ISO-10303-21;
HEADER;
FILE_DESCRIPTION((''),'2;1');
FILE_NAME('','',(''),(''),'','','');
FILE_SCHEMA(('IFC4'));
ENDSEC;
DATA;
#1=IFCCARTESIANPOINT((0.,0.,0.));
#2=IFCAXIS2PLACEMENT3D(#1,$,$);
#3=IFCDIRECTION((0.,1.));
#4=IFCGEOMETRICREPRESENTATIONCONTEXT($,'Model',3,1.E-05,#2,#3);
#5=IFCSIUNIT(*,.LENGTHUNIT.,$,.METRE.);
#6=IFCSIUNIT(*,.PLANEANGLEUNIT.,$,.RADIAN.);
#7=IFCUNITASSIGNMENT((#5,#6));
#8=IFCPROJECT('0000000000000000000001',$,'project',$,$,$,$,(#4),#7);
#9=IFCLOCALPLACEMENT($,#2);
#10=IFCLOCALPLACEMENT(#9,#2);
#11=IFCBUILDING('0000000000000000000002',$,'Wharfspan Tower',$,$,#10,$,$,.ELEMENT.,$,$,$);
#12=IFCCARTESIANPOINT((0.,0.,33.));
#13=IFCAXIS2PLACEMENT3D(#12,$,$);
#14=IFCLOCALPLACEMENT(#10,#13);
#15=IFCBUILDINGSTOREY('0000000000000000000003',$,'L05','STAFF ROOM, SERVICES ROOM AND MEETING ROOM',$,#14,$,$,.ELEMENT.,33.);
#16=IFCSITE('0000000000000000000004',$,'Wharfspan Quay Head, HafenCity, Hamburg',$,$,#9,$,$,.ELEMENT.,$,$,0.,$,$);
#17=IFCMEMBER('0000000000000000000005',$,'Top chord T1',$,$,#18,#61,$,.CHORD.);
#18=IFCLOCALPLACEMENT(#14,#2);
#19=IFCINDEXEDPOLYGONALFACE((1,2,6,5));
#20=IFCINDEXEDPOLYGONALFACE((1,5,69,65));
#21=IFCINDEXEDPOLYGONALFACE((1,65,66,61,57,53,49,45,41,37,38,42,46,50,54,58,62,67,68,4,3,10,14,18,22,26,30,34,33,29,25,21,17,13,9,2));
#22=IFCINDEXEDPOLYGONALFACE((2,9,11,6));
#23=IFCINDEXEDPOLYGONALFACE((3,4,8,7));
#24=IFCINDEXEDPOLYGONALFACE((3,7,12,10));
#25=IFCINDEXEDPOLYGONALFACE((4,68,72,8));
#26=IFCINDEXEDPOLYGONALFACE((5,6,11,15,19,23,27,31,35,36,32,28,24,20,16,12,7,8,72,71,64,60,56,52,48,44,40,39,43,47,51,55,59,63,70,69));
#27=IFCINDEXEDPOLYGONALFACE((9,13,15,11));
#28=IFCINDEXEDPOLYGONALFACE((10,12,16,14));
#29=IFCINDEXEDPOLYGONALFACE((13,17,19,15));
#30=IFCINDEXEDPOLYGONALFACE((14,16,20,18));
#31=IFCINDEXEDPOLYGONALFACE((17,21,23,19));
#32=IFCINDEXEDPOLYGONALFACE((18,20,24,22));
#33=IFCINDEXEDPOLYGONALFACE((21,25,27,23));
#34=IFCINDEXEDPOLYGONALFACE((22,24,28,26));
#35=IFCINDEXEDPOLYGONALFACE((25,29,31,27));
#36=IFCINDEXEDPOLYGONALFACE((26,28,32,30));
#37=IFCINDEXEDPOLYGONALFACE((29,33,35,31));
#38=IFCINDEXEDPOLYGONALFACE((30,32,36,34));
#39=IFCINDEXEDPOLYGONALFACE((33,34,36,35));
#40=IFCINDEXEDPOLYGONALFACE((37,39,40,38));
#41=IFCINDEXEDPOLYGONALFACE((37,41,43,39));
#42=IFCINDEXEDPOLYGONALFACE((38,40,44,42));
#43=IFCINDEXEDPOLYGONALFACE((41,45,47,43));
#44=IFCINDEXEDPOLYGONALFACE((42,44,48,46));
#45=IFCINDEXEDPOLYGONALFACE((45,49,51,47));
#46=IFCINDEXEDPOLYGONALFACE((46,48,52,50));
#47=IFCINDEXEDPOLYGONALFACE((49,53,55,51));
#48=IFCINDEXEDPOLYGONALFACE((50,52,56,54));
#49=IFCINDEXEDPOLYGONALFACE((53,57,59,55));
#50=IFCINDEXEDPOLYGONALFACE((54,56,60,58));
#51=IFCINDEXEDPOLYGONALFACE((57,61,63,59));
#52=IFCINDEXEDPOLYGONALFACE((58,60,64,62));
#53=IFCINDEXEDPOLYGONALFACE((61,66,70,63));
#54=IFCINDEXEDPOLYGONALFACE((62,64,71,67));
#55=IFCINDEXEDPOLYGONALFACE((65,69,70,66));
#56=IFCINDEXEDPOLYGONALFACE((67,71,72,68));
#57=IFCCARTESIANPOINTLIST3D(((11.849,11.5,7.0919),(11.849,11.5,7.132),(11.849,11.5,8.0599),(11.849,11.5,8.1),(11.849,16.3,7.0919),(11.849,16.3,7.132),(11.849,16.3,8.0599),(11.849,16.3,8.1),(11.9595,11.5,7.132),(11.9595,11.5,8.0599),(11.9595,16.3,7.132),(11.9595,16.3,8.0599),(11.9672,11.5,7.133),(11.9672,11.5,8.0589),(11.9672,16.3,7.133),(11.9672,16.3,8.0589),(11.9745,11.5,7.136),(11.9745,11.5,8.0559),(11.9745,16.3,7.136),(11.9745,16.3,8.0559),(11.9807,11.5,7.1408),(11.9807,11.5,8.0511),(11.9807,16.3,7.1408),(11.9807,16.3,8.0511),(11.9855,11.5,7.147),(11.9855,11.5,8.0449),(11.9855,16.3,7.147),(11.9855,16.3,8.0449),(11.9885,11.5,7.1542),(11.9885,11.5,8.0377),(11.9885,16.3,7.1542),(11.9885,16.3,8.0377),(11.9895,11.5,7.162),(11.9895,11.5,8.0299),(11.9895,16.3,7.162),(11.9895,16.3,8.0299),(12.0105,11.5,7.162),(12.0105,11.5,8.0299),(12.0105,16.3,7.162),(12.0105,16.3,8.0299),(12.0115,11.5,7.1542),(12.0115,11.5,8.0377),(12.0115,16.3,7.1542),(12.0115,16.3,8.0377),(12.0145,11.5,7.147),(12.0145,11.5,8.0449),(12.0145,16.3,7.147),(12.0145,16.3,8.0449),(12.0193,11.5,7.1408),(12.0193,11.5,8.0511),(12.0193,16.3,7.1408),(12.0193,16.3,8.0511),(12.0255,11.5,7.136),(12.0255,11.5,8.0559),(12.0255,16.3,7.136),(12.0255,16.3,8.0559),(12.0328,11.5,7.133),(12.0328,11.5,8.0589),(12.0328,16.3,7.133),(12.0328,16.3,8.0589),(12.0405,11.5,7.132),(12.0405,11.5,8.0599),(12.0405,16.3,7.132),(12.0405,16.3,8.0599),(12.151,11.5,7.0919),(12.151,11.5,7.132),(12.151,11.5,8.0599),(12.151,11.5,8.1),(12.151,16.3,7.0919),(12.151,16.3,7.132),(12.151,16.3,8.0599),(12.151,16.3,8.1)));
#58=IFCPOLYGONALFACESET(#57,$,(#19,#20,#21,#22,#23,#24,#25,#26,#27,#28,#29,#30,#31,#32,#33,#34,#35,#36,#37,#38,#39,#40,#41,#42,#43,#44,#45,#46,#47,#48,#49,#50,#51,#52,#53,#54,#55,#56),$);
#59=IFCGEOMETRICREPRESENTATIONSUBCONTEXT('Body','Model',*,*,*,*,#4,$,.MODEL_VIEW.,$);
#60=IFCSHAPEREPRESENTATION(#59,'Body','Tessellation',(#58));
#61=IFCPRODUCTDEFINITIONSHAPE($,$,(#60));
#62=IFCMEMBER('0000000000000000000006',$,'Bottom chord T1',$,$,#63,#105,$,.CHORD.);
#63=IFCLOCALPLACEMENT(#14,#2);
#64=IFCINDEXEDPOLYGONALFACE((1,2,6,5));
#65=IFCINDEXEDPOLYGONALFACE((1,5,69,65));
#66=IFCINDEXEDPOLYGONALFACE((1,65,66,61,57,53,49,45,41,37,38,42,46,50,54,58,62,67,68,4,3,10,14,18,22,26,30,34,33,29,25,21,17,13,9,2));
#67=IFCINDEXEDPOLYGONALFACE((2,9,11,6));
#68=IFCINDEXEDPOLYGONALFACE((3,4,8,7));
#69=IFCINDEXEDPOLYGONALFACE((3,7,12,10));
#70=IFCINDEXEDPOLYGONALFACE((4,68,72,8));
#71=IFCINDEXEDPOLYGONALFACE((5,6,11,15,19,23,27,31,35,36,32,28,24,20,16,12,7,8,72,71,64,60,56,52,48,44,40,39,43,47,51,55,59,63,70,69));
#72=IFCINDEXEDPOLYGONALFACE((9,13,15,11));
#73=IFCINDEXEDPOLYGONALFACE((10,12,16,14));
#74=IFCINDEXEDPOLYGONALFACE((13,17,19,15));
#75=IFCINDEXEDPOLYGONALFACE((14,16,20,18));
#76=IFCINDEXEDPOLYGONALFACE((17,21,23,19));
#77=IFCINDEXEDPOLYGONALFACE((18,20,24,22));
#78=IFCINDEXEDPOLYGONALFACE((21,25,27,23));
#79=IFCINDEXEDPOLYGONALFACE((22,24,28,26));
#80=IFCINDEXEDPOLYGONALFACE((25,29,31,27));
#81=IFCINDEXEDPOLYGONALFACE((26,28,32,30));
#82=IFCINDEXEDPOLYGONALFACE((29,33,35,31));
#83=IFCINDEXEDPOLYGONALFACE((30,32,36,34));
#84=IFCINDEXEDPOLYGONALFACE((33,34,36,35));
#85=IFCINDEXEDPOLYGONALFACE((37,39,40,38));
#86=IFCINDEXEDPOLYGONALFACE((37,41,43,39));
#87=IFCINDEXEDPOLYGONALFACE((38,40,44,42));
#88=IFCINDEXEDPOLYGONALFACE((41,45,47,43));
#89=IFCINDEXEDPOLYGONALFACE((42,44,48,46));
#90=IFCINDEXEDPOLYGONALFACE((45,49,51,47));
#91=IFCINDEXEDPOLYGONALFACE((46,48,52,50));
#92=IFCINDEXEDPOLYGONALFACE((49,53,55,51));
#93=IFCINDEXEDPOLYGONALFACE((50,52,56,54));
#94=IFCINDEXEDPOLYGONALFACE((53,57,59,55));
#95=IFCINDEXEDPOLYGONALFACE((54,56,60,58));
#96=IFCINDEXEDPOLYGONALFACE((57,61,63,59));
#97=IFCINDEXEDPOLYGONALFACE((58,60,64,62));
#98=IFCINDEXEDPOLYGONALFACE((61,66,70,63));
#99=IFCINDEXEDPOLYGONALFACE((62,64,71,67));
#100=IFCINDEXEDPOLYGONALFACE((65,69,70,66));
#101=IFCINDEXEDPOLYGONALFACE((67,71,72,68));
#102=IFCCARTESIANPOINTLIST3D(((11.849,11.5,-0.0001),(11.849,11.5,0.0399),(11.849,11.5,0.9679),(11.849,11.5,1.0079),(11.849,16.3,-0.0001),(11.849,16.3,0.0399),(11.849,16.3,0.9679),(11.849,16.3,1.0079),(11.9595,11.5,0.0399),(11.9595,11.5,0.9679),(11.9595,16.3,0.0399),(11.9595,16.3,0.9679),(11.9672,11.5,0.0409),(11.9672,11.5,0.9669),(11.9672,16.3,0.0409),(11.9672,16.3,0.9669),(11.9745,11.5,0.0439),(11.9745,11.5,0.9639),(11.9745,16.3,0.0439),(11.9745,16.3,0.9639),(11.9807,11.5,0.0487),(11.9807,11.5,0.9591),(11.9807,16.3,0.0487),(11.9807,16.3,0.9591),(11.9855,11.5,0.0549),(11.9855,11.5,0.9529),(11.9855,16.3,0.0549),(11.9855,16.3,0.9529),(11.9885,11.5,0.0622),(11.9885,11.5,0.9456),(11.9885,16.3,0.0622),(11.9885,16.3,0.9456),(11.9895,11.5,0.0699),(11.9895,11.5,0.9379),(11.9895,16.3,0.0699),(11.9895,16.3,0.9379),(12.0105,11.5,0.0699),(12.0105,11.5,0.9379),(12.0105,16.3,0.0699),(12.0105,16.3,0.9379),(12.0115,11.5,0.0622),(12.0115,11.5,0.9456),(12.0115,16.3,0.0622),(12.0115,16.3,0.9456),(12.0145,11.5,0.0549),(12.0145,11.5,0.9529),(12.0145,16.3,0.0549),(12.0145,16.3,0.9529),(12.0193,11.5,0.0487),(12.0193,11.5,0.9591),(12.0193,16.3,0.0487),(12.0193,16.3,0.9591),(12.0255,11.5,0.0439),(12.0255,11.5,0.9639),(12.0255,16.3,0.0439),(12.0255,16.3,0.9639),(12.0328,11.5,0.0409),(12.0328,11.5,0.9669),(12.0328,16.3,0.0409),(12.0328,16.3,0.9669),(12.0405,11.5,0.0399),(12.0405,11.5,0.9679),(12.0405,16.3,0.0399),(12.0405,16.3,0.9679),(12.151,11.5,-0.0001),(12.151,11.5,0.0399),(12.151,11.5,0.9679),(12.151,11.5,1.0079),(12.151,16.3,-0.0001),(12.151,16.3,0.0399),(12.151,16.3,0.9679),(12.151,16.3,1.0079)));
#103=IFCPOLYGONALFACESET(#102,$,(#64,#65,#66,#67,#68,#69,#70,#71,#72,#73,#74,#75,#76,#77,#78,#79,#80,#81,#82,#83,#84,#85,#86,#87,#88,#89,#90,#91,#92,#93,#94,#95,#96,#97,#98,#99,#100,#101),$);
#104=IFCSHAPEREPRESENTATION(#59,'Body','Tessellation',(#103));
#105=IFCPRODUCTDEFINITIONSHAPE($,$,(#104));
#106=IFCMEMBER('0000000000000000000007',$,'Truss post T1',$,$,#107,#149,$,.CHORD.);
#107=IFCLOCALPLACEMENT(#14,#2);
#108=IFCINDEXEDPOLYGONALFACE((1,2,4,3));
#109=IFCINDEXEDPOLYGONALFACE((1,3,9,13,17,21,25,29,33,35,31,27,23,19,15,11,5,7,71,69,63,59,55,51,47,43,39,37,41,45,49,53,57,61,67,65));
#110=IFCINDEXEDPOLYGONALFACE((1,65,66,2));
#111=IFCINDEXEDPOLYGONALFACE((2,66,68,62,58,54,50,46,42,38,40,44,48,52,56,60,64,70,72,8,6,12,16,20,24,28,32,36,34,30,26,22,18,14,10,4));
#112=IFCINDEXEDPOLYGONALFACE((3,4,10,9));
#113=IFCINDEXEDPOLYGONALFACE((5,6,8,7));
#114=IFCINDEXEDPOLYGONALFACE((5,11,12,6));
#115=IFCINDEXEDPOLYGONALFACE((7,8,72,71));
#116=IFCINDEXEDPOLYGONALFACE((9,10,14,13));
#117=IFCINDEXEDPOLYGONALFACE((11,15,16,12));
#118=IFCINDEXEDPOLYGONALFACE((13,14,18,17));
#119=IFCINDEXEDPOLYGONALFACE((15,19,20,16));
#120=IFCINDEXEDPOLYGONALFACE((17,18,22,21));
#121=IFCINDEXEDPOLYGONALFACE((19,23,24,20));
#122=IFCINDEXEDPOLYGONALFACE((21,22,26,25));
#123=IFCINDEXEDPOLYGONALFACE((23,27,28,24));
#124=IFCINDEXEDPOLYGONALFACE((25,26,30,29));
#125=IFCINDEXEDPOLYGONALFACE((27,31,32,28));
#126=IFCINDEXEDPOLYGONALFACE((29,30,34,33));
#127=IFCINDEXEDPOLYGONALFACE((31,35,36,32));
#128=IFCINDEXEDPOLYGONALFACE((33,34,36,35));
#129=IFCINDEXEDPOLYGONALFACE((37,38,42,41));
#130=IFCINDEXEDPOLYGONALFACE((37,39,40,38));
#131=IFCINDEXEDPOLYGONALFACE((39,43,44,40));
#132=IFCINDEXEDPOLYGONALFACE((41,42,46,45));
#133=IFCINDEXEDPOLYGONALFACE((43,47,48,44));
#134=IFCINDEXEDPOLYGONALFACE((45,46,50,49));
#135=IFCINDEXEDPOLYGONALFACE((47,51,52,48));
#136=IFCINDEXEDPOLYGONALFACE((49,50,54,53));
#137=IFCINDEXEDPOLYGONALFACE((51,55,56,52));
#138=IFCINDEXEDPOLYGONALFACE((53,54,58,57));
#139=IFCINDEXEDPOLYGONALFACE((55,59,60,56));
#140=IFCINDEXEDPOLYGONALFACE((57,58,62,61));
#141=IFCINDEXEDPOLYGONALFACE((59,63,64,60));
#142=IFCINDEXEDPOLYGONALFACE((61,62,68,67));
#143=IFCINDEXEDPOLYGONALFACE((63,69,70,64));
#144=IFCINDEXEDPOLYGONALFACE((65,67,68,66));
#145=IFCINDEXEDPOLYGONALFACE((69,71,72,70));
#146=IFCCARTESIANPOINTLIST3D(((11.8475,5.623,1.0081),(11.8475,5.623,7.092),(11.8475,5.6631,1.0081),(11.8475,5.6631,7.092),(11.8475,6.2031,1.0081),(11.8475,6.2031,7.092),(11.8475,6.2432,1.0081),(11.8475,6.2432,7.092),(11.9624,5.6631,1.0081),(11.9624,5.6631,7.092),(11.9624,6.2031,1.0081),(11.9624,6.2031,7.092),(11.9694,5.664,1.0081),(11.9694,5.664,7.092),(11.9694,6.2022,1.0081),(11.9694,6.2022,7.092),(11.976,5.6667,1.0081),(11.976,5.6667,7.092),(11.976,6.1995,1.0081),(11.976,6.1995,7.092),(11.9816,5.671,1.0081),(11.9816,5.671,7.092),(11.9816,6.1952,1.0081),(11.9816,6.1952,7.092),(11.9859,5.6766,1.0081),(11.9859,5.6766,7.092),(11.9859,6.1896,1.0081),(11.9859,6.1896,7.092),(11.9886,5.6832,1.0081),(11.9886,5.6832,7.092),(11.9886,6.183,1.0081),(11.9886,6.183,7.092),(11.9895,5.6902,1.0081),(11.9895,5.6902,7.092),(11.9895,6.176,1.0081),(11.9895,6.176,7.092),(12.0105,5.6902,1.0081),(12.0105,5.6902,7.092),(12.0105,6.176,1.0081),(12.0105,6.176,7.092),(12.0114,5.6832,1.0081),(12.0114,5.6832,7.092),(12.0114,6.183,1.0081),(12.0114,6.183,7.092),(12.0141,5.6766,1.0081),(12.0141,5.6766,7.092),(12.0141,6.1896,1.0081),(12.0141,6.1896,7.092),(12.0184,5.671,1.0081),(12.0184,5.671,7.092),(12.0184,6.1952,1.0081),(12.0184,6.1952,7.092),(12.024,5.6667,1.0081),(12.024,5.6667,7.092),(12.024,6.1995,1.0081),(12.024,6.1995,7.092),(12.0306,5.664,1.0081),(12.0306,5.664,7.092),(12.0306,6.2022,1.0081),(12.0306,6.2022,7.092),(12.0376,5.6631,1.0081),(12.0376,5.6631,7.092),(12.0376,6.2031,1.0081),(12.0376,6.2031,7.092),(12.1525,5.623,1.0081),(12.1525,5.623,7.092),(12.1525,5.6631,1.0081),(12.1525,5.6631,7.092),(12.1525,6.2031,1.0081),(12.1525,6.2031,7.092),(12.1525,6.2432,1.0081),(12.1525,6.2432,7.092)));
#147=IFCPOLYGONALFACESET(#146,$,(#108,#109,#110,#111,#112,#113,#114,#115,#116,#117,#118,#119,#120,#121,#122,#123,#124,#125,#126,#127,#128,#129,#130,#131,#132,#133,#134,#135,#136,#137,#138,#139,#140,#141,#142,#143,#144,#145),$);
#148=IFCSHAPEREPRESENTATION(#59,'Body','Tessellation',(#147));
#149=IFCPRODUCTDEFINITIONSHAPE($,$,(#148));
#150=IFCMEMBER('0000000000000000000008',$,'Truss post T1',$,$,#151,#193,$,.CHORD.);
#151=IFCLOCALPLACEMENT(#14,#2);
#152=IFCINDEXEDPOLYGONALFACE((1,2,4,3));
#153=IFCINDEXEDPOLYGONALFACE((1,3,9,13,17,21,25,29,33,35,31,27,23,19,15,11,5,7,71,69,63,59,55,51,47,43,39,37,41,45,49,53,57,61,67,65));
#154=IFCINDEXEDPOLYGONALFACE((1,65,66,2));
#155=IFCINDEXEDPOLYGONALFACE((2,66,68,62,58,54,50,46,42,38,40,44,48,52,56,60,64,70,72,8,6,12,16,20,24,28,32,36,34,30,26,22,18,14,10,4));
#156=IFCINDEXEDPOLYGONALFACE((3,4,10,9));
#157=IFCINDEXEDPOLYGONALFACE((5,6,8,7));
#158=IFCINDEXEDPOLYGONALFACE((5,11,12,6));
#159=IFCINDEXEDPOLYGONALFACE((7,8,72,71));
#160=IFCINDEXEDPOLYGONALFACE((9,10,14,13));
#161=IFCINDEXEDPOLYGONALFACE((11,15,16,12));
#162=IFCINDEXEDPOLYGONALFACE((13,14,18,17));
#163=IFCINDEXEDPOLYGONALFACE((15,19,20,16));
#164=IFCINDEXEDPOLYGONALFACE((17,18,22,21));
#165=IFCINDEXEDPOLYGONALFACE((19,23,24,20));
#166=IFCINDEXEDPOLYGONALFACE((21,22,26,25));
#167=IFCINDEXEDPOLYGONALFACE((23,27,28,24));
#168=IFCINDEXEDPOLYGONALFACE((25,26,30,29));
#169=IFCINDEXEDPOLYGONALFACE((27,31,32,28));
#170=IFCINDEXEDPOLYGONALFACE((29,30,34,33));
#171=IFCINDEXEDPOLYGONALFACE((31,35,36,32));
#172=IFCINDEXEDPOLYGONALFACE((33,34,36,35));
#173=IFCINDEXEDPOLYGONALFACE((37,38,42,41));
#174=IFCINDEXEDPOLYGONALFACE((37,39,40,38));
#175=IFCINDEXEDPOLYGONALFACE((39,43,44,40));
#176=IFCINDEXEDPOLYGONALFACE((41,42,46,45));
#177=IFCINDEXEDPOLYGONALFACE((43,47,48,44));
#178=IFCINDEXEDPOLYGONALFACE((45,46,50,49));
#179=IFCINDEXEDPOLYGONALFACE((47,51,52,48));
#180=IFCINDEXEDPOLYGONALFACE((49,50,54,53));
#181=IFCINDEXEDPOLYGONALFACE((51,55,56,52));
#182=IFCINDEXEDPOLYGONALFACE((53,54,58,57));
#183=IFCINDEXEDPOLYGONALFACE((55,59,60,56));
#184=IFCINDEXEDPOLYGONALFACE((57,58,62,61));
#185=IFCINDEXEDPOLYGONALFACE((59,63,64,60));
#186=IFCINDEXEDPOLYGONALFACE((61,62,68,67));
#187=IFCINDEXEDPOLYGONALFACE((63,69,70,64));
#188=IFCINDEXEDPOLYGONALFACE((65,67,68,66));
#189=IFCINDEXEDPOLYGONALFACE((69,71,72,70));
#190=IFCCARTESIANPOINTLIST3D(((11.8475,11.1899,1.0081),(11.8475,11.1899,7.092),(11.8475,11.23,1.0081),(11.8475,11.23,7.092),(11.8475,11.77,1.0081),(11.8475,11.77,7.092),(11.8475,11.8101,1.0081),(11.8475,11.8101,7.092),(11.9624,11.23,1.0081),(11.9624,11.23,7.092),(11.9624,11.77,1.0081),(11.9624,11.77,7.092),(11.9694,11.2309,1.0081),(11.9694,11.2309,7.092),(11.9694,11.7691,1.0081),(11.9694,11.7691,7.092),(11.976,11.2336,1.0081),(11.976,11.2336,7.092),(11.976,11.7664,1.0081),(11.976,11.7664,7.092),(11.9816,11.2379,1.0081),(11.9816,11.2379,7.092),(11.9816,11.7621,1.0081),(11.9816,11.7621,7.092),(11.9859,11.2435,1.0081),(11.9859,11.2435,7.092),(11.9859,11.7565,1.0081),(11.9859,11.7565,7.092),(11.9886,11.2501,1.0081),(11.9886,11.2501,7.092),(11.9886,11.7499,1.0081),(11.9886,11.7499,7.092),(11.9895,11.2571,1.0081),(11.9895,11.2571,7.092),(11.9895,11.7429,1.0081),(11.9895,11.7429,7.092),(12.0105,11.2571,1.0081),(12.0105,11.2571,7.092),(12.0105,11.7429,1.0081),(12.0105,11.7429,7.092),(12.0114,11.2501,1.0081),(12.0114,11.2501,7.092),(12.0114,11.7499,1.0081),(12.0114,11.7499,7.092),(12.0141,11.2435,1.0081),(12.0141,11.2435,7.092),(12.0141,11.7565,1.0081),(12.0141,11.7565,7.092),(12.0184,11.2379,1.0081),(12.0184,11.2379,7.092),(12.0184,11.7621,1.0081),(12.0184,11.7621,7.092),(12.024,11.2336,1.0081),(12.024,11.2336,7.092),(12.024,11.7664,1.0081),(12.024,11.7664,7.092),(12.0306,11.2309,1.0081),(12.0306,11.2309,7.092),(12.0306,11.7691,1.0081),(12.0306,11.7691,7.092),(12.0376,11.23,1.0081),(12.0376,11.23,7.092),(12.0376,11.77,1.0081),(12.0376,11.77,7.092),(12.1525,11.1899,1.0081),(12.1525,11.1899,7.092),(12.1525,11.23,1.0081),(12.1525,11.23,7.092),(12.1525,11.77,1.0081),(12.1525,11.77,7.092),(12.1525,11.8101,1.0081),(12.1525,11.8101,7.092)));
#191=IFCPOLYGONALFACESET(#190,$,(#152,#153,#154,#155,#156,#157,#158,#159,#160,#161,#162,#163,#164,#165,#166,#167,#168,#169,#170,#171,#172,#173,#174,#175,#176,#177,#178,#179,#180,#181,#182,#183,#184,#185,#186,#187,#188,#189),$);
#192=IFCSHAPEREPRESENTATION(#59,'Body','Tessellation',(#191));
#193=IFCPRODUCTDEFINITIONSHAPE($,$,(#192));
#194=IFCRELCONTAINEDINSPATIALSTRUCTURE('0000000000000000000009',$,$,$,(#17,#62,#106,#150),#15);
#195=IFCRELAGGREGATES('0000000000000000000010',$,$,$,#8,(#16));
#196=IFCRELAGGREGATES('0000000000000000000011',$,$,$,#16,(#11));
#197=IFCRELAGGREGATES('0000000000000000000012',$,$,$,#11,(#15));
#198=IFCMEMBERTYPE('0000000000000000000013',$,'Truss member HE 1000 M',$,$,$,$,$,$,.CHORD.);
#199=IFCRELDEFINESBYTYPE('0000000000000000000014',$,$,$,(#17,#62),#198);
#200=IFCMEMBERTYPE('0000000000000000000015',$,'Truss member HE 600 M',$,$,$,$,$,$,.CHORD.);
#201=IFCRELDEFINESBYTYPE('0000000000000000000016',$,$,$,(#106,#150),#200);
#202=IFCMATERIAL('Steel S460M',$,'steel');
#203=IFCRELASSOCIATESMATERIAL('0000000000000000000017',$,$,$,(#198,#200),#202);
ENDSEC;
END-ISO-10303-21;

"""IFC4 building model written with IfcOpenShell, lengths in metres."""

from ifc_helpers import new_model, si_unit, direction, frame, origin, origin_2d, place, context, subcontext, project, spatial, i_section, extrude, material, material_profile, profile_set, type_object, element, save


model = new_model("IFC4")

# Units and contexts
model_context = context("Model", 3, precision=1e-05, world=origin(), true_north=direction((0.0, 1.0)))
body_context = subcontext(model_context, "Body", "Model", "MODEL_VIEW")
ifc_project = project(units=[si_unit("LENGTHUNIT", "METRE"), si_unit("PLANEANGLEUNIT", "RADIAN")], contexts=[model_context])

# Site, building, storey
site_placement = place(None, origin())
site = spatial("IfcSite", under=ifc_project, at=site_placement, Name="Wharfspan Quay Head, HafenCity, Hamburg", CompositionType="ELEMENT", RefElevation=0.0)
building_placement = place(site_placement, origin())
building = spatial("IfcBuilding", under=site, at=building_placement, Name="Wharfspan Tower", CompositionType="ELEMENT")
storey_placement = place(building_placement, frame((0.0, 0.0, 33.0)))
storey = spatial("IfcBuildingStorey", under=building, at=storey_placement, Name="L05", Description="STAFF ROOM, SERVICES ROOM AND MEETING ROOM", CompositionType="ELEMENT", Elevation=33.0)

# Members
ifc_material_1 = material(Name="Steel S460M", Category="steel")
ifc_material_profile_1 = material_profile(ifc_material_1, i_section(OverallWidth=0.302, OverallDepth=1.0081, WebThickness=0.021, FlangeThickness=0.04, FilletRadius=0.03, at=origin_2d()))
ifc_profile_set_1 = profile_set([ifc_material_profile_1], Name="Steel S460M")
member_type_1 = type_object("IfcMemberType", Name="Truss member HE 1000 M", PredefinedType="CHORD", material=ifc_profile_set_1)
for number, where, z_axis, x_axis, name in (
    (1, (12.0, 11.5, 7.5959), (0.0, 1.0, 0.0), (-1.0, 0.0, 0.0), "Top chord T1"),
    (2, (12.0, 11.5, 0.5039), (0.0, 1.0, 0.0), (-1.0, 0.0, 0.0), "Bottom chord T1"),
):
    element("IfcMember", number, at=place(storey_placement, frame(where, z_axis=z_axis, x_axis=x_axis)), inside=storey, type_object=member_type_1, Name=name, PredefinedType="CHORD", context=body_context, shape_type="SweptSolid", body=[
        extrude(i_section(OverallWidth=0.302, OverallDepth=1.0081, WebThickness=0.021, FlangeThickness=0.04, FilletRadius=0.03, at=origin_2d()), origin(), (0.0, 0.0, 1.0), 4.8),
    ])
ifc_material_profile_2 = material_profile(ifc_material_1, i_section(OverallWidth=0.3049, OverallDepth=0.6201, WebThickness=0.021, FlangeThickness=0.04, FilletRadius=0.0271, at=origin_2d()))
ifc_profile_set_2 = profile_set([ifc_material_profile_2], Name="Steel S460M")
member_type_2 = type_object("IfcMemberType", Name="Truss member HE 600 M", PredefinedType="CHORD", material=ifc_profile_set_2)
for number, where, z_axis, x_axis, name in (
    (3, (12.0, 5.9331, 1.0081), (0.0, 0.0, 1.0), (1.0, 0.0, 0.0), "Truss post T1"),
    (4, (12.0, 11.5, 1.0081), (0.0, 0.0, 1.0), (1.0, 0.0, 0.0), "Truss post T1"),
):
    element("IfcMember", number, at=place(storey_placement, frame(where, z_axis=z_axis, x_axis=x_axis)), inside=storey, type_object=member_type_2, Name=name, PredefinedType="CHORD", context=body_context, shape_type="SweptSolid", body=[
        extrude(i_section(OverallWidth=0.3049, OverallDepth=0.6201, WebThickness=0.021, FlangeThickness=0.04, FilletRadius=0.0271, at=origin_2d()), origin(), (0.0, 0.0, 1.0), 6.084),
    ])

save(model, "model.ifc")
